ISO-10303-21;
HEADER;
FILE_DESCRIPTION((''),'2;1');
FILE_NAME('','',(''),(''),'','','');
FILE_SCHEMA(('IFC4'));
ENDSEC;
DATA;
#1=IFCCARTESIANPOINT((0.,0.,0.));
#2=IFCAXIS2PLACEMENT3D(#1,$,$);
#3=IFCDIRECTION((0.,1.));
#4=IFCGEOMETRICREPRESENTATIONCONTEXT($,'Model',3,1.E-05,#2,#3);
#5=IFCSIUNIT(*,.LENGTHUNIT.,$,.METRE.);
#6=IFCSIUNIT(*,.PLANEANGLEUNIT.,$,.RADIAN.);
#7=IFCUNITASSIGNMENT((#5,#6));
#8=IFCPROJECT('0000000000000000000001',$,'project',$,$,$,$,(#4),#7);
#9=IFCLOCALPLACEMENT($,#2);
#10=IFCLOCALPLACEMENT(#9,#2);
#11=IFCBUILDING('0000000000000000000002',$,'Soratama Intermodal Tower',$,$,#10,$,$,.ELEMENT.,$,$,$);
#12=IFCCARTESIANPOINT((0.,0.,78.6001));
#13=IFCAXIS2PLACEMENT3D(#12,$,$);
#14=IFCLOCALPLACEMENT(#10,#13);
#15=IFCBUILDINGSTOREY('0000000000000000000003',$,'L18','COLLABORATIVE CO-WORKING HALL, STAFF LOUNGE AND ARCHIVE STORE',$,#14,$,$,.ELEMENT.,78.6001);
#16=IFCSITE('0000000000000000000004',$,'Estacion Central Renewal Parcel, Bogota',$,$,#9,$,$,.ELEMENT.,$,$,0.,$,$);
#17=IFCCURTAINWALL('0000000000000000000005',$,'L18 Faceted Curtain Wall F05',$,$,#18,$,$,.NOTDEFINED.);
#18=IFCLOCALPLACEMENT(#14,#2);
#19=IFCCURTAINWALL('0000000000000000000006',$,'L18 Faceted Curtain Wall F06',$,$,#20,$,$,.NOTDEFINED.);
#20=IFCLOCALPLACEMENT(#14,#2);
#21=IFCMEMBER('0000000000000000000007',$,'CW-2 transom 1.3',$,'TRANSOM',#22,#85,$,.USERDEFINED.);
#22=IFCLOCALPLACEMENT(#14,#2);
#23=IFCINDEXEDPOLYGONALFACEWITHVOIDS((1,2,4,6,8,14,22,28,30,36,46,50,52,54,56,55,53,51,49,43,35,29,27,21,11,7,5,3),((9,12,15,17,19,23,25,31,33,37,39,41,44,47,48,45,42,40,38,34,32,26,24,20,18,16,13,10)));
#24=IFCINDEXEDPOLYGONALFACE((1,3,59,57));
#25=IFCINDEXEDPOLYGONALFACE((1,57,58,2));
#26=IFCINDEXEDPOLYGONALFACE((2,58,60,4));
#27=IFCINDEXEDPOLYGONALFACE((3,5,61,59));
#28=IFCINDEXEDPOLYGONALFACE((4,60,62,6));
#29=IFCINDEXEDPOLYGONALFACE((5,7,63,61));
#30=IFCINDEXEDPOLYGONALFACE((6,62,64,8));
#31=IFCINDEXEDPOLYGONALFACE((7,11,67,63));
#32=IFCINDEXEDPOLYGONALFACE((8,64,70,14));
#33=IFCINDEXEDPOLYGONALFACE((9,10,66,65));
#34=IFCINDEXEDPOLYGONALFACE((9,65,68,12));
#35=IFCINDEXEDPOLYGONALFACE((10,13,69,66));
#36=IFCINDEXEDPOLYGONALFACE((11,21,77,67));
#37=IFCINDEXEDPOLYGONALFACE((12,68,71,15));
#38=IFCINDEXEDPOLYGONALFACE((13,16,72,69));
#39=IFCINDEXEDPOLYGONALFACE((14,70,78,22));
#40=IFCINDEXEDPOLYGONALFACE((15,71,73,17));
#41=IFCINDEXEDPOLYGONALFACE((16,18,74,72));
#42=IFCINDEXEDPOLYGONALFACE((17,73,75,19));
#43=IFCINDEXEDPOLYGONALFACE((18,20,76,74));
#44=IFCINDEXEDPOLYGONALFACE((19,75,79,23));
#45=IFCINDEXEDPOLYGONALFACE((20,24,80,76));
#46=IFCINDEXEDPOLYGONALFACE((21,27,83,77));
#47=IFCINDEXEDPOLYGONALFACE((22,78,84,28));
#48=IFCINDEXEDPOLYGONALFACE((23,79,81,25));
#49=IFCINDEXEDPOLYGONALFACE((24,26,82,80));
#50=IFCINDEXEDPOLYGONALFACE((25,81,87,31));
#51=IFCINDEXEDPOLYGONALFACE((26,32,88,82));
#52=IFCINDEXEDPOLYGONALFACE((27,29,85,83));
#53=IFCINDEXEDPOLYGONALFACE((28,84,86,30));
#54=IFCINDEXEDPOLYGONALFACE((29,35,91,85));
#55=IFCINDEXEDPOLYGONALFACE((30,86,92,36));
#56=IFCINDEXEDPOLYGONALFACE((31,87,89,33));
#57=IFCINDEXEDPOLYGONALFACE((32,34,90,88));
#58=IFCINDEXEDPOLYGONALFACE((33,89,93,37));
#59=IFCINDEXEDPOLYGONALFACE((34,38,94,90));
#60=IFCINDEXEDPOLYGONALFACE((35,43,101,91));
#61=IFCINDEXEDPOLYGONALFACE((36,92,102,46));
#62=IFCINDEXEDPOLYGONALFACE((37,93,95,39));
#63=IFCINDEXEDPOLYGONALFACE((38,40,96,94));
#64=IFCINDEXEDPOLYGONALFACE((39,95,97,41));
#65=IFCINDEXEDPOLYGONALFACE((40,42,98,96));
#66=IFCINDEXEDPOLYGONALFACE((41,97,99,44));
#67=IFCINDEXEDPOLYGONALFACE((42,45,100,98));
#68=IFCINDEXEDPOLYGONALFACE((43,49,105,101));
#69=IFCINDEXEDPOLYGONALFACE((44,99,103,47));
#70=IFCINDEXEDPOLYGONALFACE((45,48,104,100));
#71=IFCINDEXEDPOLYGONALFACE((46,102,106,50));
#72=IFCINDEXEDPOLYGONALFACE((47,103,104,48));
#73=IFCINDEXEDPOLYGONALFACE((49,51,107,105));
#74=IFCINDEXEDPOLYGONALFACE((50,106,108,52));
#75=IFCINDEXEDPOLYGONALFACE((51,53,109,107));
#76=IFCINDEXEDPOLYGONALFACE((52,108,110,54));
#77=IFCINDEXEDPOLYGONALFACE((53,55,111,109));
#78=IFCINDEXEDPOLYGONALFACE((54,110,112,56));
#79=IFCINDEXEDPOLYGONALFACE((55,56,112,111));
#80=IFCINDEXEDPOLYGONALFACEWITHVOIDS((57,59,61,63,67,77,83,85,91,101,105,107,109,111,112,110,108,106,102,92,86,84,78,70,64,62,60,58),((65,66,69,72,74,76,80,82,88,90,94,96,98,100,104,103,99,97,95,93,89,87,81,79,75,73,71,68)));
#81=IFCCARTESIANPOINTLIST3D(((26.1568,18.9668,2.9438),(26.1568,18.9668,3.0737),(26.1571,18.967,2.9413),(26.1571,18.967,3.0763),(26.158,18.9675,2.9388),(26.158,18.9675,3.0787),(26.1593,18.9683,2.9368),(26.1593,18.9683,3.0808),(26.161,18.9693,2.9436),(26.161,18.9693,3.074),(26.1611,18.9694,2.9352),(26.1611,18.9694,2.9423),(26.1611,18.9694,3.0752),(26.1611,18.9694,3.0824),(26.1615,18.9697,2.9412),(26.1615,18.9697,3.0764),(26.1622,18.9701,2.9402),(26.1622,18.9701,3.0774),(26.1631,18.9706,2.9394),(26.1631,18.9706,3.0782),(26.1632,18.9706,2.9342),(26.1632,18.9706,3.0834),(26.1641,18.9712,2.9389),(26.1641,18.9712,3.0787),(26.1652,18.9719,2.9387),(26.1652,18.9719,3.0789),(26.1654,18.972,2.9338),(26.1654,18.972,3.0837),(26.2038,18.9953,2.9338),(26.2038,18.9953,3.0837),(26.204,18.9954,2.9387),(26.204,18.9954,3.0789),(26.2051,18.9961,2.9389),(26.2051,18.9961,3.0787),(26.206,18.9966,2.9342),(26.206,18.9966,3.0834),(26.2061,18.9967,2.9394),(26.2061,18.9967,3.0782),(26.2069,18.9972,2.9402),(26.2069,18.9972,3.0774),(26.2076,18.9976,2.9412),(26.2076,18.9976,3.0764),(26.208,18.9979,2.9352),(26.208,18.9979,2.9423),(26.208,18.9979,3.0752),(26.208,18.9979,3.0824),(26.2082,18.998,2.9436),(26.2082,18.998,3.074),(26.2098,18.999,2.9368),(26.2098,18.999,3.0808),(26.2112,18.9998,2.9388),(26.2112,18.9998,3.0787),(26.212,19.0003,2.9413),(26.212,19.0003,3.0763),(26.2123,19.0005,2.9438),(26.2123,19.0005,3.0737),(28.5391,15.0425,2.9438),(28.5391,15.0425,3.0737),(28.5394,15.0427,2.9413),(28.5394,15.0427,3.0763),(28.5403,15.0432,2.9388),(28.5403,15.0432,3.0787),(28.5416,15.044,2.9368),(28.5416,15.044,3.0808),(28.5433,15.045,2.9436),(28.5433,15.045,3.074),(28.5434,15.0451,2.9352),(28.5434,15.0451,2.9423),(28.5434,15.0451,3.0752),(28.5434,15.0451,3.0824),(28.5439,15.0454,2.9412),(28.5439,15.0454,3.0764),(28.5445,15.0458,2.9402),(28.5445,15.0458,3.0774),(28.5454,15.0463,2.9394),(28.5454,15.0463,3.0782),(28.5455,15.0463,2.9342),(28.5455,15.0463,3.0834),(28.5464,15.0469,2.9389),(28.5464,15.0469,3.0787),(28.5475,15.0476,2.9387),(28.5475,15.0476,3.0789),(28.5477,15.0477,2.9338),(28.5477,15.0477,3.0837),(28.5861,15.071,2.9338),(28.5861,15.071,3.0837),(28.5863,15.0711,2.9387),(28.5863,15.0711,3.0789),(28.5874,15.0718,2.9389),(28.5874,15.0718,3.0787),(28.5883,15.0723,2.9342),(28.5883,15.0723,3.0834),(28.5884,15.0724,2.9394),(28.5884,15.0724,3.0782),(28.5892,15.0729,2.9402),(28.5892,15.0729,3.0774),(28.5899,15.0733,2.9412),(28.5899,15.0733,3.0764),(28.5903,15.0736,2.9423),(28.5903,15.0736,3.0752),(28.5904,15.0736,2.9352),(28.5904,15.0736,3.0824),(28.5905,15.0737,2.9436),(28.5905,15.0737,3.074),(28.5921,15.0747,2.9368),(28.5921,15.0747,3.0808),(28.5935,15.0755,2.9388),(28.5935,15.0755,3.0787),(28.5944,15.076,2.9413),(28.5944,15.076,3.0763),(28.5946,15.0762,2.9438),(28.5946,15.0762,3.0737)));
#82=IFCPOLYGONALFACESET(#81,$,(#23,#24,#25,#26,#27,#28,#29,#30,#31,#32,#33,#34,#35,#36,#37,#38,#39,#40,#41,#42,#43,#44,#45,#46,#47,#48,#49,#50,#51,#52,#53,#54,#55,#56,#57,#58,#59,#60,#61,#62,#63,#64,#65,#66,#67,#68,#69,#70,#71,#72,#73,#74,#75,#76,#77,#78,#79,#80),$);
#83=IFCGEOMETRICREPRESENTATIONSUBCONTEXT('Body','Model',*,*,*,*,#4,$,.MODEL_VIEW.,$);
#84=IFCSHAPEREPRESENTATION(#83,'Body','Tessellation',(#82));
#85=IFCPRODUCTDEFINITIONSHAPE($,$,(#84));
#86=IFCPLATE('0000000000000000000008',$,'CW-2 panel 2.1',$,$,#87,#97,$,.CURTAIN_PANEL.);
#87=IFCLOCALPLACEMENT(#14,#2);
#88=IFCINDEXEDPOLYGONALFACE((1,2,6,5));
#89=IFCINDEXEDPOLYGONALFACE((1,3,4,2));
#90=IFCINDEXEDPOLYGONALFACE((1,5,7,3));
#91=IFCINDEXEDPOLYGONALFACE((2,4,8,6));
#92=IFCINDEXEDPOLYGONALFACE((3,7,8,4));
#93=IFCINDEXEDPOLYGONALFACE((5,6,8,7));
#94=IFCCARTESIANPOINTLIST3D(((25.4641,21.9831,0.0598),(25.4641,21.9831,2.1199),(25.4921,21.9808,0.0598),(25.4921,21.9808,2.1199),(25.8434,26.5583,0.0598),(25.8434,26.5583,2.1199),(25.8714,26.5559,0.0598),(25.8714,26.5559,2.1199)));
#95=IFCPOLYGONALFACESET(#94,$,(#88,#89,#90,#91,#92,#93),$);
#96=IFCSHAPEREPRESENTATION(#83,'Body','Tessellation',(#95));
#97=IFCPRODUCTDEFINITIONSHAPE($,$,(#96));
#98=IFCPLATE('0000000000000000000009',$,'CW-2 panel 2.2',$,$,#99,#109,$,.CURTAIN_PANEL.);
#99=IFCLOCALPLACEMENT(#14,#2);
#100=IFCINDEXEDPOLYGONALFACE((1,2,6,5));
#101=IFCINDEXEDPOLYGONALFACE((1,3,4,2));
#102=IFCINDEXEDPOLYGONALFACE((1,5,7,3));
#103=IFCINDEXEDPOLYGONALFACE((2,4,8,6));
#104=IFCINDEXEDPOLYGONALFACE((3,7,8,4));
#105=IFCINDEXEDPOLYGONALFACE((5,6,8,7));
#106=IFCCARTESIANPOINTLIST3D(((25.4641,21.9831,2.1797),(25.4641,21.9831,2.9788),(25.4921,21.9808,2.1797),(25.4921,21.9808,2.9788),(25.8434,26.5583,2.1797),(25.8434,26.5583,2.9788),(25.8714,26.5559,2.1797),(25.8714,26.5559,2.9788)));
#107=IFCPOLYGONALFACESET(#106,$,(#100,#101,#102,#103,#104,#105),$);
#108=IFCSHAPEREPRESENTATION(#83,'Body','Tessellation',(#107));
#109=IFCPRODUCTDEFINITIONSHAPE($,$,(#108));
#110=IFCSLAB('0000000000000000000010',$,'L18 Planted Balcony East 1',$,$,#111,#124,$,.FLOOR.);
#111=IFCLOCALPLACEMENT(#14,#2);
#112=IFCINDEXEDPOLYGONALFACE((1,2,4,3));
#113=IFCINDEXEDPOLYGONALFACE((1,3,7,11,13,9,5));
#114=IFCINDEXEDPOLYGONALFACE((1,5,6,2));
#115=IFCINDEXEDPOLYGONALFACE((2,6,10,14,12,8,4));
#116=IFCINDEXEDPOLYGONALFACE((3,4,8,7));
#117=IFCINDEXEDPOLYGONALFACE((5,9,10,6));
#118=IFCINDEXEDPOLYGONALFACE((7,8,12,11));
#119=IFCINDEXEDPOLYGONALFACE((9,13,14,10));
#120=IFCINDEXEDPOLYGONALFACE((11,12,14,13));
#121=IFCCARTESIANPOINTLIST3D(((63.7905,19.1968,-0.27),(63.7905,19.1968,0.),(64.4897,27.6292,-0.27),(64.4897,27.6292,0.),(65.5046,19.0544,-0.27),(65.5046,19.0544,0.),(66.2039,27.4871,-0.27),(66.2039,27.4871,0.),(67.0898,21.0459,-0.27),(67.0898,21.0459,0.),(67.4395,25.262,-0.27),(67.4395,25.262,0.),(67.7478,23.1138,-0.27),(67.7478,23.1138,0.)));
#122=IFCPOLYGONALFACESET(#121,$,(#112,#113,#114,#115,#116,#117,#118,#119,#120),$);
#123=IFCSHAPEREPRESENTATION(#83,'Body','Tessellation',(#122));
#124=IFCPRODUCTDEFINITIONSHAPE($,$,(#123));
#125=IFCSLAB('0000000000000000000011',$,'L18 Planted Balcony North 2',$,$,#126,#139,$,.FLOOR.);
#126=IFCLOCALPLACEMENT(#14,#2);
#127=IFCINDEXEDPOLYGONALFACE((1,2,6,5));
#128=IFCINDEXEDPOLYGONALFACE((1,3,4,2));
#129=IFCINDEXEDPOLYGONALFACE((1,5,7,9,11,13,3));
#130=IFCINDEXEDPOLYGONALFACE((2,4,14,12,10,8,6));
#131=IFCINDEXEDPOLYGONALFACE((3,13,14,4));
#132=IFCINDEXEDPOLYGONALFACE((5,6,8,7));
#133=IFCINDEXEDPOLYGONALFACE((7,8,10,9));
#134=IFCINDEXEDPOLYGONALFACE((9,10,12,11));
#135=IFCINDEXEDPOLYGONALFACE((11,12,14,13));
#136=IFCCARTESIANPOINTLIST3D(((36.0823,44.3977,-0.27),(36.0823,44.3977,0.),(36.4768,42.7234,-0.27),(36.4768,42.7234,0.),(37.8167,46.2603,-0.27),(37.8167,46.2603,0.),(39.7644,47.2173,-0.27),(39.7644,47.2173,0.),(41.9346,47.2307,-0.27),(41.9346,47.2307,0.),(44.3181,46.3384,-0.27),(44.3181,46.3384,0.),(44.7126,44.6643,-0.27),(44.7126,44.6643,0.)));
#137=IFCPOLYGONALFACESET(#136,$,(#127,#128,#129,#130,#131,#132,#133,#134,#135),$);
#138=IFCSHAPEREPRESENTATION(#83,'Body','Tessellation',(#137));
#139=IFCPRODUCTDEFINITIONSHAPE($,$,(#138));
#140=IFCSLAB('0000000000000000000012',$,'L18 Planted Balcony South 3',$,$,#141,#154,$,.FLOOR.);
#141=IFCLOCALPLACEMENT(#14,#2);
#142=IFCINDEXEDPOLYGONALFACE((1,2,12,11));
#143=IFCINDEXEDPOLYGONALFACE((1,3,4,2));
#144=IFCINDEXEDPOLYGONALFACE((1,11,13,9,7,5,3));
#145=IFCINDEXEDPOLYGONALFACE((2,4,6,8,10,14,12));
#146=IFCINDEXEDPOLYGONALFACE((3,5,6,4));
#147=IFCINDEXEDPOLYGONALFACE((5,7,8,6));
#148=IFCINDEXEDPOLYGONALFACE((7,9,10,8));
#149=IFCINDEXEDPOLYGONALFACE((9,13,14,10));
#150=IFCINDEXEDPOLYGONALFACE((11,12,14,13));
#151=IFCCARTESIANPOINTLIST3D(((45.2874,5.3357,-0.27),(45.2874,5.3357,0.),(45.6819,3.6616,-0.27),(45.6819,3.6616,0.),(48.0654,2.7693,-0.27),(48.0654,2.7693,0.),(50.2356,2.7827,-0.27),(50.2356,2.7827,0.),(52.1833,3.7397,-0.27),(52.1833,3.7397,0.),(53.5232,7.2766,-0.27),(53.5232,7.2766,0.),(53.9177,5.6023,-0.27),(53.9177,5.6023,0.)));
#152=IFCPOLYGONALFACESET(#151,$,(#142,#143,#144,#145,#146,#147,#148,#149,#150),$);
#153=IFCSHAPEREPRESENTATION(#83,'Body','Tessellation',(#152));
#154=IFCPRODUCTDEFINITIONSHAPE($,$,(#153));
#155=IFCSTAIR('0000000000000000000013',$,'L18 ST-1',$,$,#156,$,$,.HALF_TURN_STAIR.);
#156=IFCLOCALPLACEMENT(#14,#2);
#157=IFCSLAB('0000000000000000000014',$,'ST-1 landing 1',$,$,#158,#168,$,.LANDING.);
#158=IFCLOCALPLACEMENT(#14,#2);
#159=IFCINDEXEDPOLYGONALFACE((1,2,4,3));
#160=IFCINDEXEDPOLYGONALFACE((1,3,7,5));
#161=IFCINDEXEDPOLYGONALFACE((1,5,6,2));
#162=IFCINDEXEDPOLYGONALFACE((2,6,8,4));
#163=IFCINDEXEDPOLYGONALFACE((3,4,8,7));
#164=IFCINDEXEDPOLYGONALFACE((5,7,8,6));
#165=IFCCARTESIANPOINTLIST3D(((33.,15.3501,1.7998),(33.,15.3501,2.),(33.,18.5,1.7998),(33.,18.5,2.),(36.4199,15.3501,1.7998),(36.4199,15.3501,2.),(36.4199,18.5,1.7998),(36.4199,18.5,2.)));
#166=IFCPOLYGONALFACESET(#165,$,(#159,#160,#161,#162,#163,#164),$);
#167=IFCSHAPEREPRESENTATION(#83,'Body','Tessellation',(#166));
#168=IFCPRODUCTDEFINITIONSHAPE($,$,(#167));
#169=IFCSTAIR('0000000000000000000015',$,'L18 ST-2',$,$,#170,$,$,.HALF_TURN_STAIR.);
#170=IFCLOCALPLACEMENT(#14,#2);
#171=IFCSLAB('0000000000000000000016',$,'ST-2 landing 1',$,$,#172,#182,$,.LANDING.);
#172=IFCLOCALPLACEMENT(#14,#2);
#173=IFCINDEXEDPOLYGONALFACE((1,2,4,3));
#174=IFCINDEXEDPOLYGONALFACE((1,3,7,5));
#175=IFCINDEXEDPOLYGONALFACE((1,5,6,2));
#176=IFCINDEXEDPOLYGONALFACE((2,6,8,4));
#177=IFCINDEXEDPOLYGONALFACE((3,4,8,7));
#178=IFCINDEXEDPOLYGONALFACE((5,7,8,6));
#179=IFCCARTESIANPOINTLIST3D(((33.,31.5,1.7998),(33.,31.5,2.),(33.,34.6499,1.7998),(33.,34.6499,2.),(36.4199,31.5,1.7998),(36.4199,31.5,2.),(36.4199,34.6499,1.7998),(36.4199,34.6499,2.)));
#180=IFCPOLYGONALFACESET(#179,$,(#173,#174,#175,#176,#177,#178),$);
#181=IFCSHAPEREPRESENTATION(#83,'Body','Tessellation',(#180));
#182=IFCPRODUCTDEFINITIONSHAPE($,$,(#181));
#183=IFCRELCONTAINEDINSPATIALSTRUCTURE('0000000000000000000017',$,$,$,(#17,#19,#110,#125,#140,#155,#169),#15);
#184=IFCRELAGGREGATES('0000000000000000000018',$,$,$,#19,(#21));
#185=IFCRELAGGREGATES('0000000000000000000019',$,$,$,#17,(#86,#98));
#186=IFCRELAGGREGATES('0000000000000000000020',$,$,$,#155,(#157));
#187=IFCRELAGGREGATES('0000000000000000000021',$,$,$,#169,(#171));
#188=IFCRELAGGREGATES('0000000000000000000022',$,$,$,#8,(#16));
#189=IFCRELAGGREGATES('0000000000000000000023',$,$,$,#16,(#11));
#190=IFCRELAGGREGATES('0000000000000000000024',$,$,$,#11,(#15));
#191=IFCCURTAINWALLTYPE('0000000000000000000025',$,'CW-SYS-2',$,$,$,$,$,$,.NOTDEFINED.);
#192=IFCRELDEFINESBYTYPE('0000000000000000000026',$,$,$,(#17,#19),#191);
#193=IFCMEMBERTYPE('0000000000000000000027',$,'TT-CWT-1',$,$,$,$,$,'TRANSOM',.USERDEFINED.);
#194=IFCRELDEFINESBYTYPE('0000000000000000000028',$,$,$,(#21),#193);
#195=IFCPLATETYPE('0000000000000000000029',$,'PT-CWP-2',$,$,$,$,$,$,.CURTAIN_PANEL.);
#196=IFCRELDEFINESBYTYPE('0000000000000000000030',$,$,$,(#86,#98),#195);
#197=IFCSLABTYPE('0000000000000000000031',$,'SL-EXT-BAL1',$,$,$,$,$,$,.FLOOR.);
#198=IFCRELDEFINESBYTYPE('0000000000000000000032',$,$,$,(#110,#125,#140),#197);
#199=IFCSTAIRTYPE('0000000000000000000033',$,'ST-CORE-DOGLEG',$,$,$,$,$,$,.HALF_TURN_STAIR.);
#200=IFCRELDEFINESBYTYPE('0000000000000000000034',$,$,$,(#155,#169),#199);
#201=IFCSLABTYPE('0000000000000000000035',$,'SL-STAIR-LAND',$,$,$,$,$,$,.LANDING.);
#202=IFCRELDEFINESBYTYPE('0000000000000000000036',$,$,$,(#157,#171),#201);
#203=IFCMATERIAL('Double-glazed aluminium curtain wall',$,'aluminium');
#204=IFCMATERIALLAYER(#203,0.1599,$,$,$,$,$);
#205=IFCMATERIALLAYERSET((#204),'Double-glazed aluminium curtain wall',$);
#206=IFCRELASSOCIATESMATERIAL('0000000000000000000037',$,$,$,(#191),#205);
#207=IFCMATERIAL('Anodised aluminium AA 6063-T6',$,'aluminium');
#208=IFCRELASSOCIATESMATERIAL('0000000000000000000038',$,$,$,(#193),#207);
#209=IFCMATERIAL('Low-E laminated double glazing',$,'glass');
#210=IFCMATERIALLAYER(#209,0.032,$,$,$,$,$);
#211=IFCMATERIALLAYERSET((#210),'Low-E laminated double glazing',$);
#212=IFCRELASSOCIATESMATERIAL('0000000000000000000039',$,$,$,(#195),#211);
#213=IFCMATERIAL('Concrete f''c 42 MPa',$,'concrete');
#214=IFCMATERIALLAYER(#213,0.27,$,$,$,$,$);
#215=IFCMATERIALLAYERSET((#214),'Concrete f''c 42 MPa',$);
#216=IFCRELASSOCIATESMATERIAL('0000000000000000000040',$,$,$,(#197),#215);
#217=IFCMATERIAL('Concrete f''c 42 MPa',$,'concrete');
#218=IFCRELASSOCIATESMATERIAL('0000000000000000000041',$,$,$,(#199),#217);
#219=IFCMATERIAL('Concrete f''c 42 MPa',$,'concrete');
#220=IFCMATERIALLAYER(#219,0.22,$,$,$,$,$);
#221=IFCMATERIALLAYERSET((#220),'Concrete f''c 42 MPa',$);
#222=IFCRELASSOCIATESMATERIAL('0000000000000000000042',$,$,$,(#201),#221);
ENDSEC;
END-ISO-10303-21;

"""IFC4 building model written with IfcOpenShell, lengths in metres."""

from ifc_helpers import new_model, si_unit, direction, frame, origin, origin_2d, place, context, subcontext, project, spatial, polyline, rectangle, hollow_rectangle, outline, extrude, material, layer, layer_set, material_profile, profile_set, type_object, element, aggregate, save


model = new_model("IFC4")

# Units and contexts
model_context = context("Model", 3, precision=1e-05, world=origin(), true_north=direction((0.0, 1.0)))
body_context = subcontext(model_context, "Body", "Model", "MODEL_VIEW")
ifc_project = project(units=[si_unit("LENGTHUNIT", "METRE"), si_unit("PLANEANGLEUNIT", "RADIAN")], contexts=[model_context])

# Site, building, storey
site_placement = place(None, origin())
site = spatial("IfcSite", under=ifc_project, at=site_placement, Name="Estacion Central Renewal Parcel, Bogota", CompositionType="ELEMENT", RefElevation=0.0)
building_placement = place(site_placement, origin())
building = spatial("IfcBuilding", under=site, at=building_placement, Name="Soratama Intermodal Tower", CompositionType="ELEMENT")
storey_placement = place(building_placement, frame((0.0, 0.0, 78.6001)))
storey = spatial("IfcBuildingStorey", under=building, at=storey_placement, Name="L18", Description="COLLABORATIVE CO-WORKING HALL, STAFF LOUNGE AND ARCHIVE STORE", CompositionType="ELEMENT", Elevation=78.6001)

# Curtain wall
ifc_material_1 = material(Name="Double-glazed aluminium curtain wall", Category="aluminium")
ifc_layer_1 = layer(ifc_material_1, 0.1599)
ifc_layer_set_1 = layer_set([ifc_layer_1], Name="Double-glazed aluminium curtain wall")
curtain_wall_type = type_object("IfcCurtainWallType", Name="CW-SYS-2", PredefinedType="NOTDEFINED", material=ifc_layer_set_1)
curtain_wall_1_placement = place(storey_placement, origin())
curtain_wall_1 = element("IfcCurtainWall", 1, at=curtain_wall_1_placement, inside=storey, type_object=curtain_wall_type, Name="L18 Faceted Curtain Wall F05", PredefinedType="NOTDEFINED")

# Curtain wall, member
curtain_wall_2_placement = place(storey_placement, origin())
curtain_wall_2 = element("IfcCurtainWall", 2, at=curtain_wall_2_placement, inside=storey, type_object=curtain_wall_type, Name="L18 Faceted Curtain Wall F06", PredefinedType="NOTDEFINED")
ifc_material_2 = material(Name="Anodised aluminium AA 6063-T6", Category="aluminium")
ifc_material_profile_1 = material_profile(ifc_material_2, hollow_rectangle(XDim=0.0649, YDim=0.1499, WallThickness=0.0049, InnerFilletRadius=0.0049, OuterFilletRadius=0.01, at=origin_2d()), Name="CWT150X65X5")
ifc_profile_set_1 = profile_set([ifc_material_profile_1], Name="Anodised aluminium AA 6063-T6")
member_type_1 = type_object("IfcMemberType", Name="TT-CWT-1", ElementType="TRANSOM", PredefinedType="USERDEFINED", material=ifc_profile_set_1)
member_1_placement = place(storey_placement, frame((26.1846, 18.9836, 3.0088), z_axis=(0.518931, -0.854816, 0.0), x_axis=(0.854816, 0.518931, 0.0)))
member_1 = element("IfcMember", 3, at=member_1_placement, type_object=member_type_1, Name="CW-2 transom 1.3", ObjectType="TRANSOM", PredefinedType="USERDEFINED", context=body_context, shape_type="SweptSolid", body=[
    extrude(hollow_rectangle(XDim=0.0649, YDim=0.1499, WallThickness=0.0049, InnerFilletRadius=0.0049, OuterFilletRadius=0.01, at=origin_2d()), origin(), (0.0, 0.0, 1.0), 4.5908),
])
aggregate(curtain_wall_2, [member_1])

# Plates
ifc_material_3 = material(Name="Low-E laminated double glazing", Category="glass")
ifc_layer_2 = layer(ifc_material_3, 0.032)
ifc_layer_set_2 = layer_set([ifc_layer_2], Name="Low-E laminated double glazing")
plate_type = type_object("IfcPlateType", Name="PT-CWP-2", PredefinedType="CURTAIN_PANEL", material=ifc_layer_set_2)
plate_1_placement = place(storey_placement, frame((25.6677, 24.2695, 0.0598), z_axis=(0.0, 0.0, 1.0), x_axis=(-0.082626, -0.996581, 0.0)))
plate_1 = element("IfcPlate", 4, at=plate_1_placement, type_object=plate_type, Name="CW-2 panel 2.1", PredefinedType="CURTAIN_PANEL", context=body_context, shape_type="SweptSolid", body=[
    extrude(rectangle(XDim=4.5908, YDim=0.0281, at=origin_2d()), origin(), (0.0, 0.0, 1.0), 2.0601),
])
plate_2_placement = place(storey_placement, frame((25.6677, 24.2695, 2.1797), z_axis=(0.0, 0.0, 1.0), x_axis=(-0.082626, -0.996581, 0.0)))
plate_2 = element("IfcPlate", 5, at=plate_2_placement, type_object=plate_type, Name="CW-2 panel 2.2", PredefinedType="CURTAIN_PANEL", context=body_context, shape_type="SweptSolid", body=[
    extrude(rectangle(XDim=4.5908, YDim=0.0281, at=origin_2d()), origin(), (0.0, 0.0, 1.0), 0.7991),
])
aggregate(curtain_wall_1, [plate_1, plate_2])

# Slabs
ifc_material_4 = material(Name="Concrete f'c 42 MPa", Category="concrete")
ifc_layer_3 = layer(ifc_material_4, 0.27)
ifc_layer_set_3 = layer_set([ifc_layer_3], Name="Concrete f'c 42 MPa")
slab_type_1 = type_object("IfcSlabType", Name="SL-EXT-BAL1", PredefinedType="FLOOR", material=ifc_layer_set_3)
slab_1_placement = place(storey_placement, frame((0.0, 0.0, -0.27)))
element("IfcSlab", 6, at=slab_1_placement, inside=storey, type_object=slab_type_1, Name="L18 Planted Balcony East 1", PredefinedType="FLOOR", context=body_context, shape_type="SweptSolid", body=[
    extrude(outline(polyline([(63.7905, 19.1968), (64.4897, 27.6292), (66.2039, 27.4871), (67.4395, 25.262), (67.7478, 23.1138), (67.0898, 21.0459), (65.5046, 19.0544), (63.7905, 19.1968)])), origin(), (0.0, 0.0, 1.0), 0.27),
])
slab_2_placement = place(storey_placement, frame((0.0, 0.0, -0.27)))
element("IfcSlab", 7, at=slab_2_placement, inside=storey, type_object=slab_type_1, Name="L18 Planted Balcony North 2", PredefinedType="FLOOR", context=body_context, shape_type="SweptSolid", body=[
    extrude(outline(polyline([(44.7126, 44.6643), (36.4768, 42.7234), (36.0823, 44.3977), (37.8167, 46.2603), (39.7644, 47.2173), (41.9346, 47.2307), (44.3181, 46.3384), (44.7126, 44.6643)])), origin(), (0.0, 0.0, 1.0), 0.27),
])
slab_3_placement = place(storey_placement, frame((0.0, 0.0, -0.27)))
element("IfcSlab", 8, at=slab_3_placement, inside=storey, type_object=slab_type_1, Name="L18 Planted Balcony South 3", PredefinedType="FLOOR", context=body_context, shape_type="SweptSolid", body=[
    extrude(outline(polyline([(45.2874, 5.3357), (53.5232, 7.2766), (53.9177, 5.6023), (52.1833, 3.7397), (50.2356, 2.7827), (48.0654, 2.7693), (45.6819, 3.6616), (45.2874, 5.3357)])), origin(), (0.0, 0.0, 1.0), 0.27),
])

# Stairs, slabs
ifc_material_5 = material(Name="Concrete f'c 42 MPa", Category="concrete")
stair_type = type_object("IfcStairType", Name="ST-CORE-DOGLEG", PredefinedType="HALF_TURN_STAIR", material=ifc_material_5)
stair_1_placement = place(storey_placement, origin())
stair_1 = element("IfcStair", 9, at=stair_1_placement, inside=storey, type_object=stair_type, Name="L18 ST-1", PredefinedType="HALF_TURN_STAIR")
ifc_material_6 = material(Name="Concrete f'c 42 MPa", Category="concrete")
ifc_layer_4 = layer(ifc_material_6, 0.22)
ifc_layer_set_4 = layer_set([ifc_layer_4], Name="Concrete f'c 42 MPa")
slab_type_2 = type_object("IfcSlabType", Name="SL-STAIR-LAND", PredefinedType="LANDING", material=ifc_layer_set_4)
slab_4_placement = place(storey_placement, frame((0.0, 0.0, 1.7998)))
slab_4 = element("IfcSlab", 10, at=slab_4_placement, type_object=slab_type_2, Name="ST-1 landing 1", PredefinedType="LANDING", context=body_context, shape_type="SweptSolid", body=[
    extrude(outline(polyline([(36.4199, 18.5), (33.0, 18.5), (33.0, 15.3501), (36.4199, 15.3501), (36.4199, 18.5)])), origin(), (0.0, 0.0, 1.0), 0.2002),
])
aggregate(stair_1, [slab_4])
stair_2_placement = place(storey_placement, origin())
stair_2 = element("IfcStair", 11, at=stair_2_placement, inside=storey, type_object=stair_type, Name="L18 ST-2", PredefinedType="HALF_TURN_STAIR")
slab_5_placement = place(storey_placement, frame((0.0, 0.0, 1.7998)))
slab_5 = element("IfcSlab", 12, at=slab_5_placement, type_object=slab_type_2, Name="ST-2 landing 1", PredefinedType="LANDING", context=body_context, shape_type="SweptSolid", body=[
    extrude(outline(polyline([(36.4199, 34.6499), (33.0, 34.6499), (33.0, 31.5), (36.4199, 31.5), (36.4199, 34.6499)])), origin(), (0.0, 0.0, 1.0), 0.2002),
])
aggregate(stair_2, [slab_5])

save(model, "model.ifc")
